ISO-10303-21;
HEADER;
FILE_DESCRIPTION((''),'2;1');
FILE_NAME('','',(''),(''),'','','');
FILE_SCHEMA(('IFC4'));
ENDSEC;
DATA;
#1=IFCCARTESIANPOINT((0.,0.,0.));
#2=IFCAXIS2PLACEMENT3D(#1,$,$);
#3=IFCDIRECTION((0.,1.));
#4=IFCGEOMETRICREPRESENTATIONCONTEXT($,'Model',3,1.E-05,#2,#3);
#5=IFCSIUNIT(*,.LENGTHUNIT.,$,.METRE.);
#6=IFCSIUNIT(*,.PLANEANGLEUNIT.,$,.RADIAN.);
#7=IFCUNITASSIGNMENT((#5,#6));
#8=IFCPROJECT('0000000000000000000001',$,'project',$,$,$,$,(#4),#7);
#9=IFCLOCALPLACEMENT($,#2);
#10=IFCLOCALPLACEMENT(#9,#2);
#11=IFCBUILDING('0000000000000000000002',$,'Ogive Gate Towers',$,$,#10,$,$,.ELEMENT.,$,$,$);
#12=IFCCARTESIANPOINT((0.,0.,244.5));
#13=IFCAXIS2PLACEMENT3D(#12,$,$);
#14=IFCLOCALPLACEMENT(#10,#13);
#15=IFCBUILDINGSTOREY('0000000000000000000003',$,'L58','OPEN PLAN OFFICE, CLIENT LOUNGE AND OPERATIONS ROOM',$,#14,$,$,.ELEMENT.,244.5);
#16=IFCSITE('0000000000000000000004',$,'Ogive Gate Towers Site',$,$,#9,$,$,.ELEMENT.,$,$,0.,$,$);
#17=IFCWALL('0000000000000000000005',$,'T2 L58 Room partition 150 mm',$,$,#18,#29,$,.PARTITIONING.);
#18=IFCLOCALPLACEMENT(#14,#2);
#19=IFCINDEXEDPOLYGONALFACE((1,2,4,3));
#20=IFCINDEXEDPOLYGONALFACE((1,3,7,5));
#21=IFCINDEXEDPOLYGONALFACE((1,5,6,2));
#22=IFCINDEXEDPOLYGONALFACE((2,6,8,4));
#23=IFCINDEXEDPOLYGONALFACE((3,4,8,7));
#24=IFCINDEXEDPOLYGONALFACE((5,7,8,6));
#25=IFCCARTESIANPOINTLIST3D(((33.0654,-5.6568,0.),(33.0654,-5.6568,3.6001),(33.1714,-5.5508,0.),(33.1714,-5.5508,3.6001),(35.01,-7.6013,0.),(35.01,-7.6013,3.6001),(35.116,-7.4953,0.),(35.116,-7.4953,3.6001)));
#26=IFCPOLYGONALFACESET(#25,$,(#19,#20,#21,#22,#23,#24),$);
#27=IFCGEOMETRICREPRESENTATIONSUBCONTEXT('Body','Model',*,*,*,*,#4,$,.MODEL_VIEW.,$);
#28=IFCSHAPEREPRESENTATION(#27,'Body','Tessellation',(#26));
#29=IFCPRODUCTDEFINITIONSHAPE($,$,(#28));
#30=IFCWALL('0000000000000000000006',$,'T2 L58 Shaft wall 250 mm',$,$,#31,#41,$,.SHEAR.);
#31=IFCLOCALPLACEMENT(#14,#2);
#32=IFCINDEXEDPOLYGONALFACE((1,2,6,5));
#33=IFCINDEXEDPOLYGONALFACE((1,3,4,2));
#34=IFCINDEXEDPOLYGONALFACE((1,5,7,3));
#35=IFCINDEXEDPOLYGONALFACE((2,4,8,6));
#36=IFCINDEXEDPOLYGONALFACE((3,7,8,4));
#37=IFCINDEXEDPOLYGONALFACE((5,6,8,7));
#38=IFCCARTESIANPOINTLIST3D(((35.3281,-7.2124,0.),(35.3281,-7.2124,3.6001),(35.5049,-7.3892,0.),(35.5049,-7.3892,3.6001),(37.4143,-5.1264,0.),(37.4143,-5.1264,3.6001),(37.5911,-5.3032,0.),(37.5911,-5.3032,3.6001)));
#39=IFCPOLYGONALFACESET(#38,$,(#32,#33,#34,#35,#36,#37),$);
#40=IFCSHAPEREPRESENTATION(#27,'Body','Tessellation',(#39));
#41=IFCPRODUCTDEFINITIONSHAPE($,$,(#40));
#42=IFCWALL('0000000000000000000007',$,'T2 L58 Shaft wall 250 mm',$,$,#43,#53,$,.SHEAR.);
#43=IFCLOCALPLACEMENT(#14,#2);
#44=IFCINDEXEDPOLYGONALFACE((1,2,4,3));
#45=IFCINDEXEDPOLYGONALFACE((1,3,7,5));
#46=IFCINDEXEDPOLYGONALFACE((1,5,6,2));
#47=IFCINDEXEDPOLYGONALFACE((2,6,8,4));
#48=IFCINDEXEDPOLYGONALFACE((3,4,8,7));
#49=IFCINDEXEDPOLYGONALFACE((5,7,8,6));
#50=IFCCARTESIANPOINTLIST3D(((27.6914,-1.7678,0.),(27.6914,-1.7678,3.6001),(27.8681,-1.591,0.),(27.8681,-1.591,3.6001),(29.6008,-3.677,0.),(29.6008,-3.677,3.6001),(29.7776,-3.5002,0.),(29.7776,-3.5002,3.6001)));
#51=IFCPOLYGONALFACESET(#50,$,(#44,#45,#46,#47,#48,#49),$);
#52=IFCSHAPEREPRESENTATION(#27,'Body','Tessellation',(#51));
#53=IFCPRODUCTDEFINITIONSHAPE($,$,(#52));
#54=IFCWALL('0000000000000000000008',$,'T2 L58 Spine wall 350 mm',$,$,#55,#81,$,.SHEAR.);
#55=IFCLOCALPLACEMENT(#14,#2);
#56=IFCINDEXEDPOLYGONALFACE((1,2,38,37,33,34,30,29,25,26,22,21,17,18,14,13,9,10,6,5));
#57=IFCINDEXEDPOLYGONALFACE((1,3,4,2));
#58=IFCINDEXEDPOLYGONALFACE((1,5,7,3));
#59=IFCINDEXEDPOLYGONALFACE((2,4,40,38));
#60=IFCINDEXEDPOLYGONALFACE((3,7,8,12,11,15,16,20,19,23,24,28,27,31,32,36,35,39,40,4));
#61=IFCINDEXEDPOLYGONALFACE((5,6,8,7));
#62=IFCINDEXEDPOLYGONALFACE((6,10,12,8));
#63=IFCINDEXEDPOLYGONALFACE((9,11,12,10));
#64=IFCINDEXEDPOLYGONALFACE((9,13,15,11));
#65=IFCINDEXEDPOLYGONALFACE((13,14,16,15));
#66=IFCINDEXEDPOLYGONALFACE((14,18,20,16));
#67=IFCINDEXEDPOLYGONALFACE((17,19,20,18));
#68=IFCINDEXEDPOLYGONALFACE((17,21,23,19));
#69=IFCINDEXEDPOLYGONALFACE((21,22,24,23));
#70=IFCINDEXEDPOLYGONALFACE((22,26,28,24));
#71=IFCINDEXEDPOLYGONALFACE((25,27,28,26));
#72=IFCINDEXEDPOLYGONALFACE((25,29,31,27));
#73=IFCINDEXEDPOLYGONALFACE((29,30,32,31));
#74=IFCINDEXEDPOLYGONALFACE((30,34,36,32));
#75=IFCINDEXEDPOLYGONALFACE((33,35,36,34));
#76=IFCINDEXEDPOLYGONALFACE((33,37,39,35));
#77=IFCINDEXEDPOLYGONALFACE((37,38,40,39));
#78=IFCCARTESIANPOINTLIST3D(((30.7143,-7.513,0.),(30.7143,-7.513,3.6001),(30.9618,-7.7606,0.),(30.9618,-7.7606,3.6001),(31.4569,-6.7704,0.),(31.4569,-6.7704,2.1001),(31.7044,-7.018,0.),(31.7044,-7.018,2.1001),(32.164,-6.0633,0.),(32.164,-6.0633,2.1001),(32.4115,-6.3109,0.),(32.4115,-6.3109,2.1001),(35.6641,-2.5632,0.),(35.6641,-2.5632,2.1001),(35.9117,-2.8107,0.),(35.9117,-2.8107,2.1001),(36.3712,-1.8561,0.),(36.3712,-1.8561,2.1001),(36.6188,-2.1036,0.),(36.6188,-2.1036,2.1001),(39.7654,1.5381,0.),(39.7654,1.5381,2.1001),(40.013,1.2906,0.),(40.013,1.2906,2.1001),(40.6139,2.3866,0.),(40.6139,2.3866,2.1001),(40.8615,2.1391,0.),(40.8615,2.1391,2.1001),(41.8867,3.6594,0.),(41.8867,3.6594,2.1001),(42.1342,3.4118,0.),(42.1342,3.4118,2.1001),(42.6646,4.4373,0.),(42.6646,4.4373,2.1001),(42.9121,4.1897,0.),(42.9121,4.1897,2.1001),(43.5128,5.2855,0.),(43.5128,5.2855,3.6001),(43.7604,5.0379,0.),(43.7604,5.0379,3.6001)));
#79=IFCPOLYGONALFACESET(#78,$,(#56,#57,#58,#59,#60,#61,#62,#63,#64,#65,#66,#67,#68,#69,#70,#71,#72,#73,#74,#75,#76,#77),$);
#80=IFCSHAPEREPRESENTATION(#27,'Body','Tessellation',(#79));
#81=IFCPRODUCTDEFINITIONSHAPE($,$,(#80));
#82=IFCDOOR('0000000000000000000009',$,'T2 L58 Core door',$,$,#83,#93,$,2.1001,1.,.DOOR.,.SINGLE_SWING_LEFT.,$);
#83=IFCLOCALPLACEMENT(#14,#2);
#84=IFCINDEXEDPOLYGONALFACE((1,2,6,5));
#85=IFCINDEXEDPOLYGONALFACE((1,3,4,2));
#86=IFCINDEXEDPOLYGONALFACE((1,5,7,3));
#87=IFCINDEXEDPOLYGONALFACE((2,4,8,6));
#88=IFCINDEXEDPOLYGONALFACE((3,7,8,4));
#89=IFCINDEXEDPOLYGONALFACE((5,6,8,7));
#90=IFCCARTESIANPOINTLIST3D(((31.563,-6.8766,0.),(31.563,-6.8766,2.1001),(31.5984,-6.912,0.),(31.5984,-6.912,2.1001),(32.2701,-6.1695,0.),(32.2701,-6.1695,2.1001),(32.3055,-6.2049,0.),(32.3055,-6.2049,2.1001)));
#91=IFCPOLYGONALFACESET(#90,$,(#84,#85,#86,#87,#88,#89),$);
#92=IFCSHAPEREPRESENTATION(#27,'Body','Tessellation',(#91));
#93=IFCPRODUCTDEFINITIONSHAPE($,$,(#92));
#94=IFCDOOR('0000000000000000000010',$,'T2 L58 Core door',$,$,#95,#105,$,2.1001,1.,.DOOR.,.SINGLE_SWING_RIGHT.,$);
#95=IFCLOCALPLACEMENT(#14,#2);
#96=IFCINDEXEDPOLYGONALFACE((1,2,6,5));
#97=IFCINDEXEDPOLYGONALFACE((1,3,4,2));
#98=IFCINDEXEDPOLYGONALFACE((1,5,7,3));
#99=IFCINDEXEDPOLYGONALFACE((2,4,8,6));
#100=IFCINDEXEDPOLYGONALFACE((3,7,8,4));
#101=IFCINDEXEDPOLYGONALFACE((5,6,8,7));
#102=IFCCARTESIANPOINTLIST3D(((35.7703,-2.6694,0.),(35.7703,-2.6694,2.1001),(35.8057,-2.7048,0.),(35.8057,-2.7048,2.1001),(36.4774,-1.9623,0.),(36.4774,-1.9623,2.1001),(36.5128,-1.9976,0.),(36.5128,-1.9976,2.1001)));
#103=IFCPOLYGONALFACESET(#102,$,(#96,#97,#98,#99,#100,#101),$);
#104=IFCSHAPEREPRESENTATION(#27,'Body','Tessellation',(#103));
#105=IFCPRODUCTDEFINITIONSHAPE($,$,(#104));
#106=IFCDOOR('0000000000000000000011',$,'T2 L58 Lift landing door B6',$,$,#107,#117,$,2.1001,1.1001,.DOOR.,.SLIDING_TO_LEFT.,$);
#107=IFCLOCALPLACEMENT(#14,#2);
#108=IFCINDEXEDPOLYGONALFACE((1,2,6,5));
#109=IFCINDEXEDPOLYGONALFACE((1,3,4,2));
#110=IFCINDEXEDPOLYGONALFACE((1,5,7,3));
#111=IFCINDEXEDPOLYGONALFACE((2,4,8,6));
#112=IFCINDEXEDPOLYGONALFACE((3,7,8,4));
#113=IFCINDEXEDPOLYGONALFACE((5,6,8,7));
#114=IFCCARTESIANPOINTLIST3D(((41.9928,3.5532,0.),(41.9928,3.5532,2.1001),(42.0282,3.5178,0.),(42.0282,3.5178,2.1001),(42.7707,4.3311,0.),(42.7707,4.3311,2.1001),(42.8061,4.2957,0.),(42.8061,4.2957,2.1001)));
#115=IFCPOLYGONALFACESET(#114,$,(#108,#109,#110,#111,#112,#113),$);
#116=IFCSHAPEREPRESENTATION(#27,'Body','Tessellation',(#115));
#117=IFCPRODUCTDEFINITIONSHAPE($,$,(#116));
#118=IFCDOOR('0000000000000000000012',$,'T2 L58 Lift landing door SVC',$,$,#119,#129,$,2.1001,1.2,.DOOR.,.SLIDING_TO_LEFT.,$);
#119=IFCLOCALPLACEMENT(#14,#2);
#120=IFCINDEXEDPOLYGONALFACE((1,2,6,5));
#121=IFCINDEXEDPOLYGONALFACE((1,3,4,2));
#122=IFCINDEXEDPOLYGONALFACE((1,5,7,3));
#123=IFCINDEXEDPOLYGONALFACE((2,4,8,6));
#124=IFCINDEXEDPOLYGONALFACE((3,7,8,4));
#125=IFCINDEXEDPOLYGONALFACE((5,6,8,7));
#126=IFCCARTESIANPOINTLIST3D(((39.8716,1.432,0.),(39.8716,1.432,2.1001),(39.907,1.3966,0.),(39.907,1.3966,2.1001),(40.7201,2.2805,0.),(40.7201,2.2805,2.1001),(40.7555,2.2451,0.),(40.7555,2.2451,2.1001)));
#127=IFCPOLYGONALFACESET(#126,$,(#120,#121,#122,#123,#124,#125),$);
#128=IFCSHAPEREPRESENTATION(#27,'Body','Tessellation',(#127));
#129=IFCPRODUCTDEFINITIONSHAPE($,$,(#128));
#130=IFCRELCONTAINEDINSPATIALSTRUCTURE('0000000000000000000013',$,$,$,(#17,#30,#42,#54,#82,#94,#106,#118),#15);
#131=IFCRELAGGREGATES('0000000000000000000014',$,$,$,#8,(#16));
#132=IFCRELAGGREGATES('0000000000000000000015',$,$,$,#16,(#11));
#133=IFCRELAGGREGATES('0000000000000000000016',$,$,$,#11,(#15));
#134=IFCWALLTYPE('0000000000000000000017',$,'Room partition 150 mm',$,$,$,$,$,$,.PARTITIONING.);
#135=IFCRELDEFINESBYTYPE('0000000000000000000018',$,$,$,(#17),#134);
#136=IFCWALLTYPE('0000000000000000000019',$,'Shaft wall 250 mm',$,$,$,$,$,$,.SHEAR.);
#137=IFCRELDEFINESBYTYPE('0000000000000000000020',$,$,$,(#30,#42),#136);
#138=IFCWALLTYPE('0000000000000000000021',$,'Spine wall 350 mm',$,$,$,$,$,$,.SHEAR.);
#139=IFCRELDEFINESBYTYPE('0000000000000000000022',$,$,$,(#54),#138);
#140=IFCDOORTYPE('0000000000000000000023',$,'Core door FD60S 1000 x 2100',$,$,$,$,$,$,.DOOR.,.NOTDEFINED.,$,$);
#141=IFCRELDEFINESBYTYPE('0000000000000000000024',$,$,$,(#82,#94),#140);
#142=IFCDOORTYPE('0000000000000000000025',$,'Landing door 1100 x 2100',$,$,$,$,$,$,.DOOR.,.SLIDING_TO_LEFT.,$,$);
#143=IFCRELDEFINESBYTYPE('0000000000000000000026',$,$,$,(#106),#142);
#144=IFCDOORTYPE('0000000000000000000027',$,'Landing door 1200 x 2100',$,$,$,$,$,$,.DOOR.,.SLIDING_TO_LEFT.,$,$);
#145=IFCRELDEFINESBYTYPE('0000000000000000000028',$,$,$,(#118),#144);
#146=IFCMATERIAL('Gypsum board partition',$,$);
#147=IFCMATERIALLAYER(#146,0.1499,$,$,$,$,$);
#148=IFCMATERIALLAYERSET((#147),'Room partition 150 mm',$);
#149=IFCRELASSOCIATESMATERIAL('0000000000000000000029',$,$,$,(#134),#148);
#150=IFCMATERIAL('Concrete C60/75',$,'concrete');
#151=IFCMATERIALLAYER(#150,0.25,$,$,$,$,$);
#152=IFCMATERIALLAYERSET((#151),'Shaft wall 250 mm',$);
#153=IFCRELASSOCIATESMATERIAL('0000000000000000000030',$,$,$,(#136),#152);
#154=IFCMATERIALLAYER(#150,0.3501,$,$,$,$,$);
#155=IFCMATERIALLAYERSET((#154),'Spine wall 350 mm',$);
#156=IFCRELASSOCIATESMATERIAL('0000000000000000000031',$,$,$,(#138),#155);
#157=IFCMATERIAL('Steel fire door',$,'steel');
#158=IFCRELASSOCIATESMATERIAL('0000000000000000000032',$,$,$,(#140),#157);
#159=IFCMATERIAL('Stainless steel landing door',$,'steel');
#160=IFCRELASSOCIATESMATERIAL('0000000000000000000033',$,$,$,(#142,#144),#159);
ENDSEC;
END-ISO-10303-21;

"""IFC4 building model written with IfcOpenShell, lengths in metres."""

from ifc_helpers import new_model, si_unit, direction, frame, frame_2d, origin, place, context, subcontext, project, spatial, rectangle, extrude, material, layer, layer_set, type_object, element, fill, save


model = new_model("IFC4")

# Units and contexts
model_context = context("Model", 3, precision=1e-05, world=origin(), true_north=direction((0.0, 1.0)))
body_context = subcontext(model_context, "Body", "Model", "MODEL_VIEW")
ifc_project = project(units=[si_unit("LENGTHUNIT", "METRE"), si_unit("PLANEANGLEUNIT", "RADIAN")], contexts=[model_context])

# Site, building, storey
site_placement = place(None, origin())
site = spatial("IfcSite", under=ifc_project, at=site_placement, Name="Ogive Gate Towers Site", CompositionType="ELEMENT", RefElevation=0.0)
building_placement = place(site_placement, origin())
building = spatial("IfcBuilding", under=site, at=building_placement, Name="Ogive Gate Towers", CompositionType="ELEMENT")
storey_placement = place(building_placement, frame((0.0, 0.0, 244.5)))
storey = spatial("IfcBuildingStorey", under=building, at=storey_placement, Name="L58", Description="OPEN PLAN OFFICE, CLIENT LOUNGE AND OPERATIONS ROOM", CompositionType="ELEMENT", Elevation=244.5)

# Shared definitions
ifc_material_1 = material(Name="Gypsum board partition")

# Walls
ifc_layer_1 = layer(ifc_material_1, 0.1499)
ifc_layer_set_1 = layer_set([ifc_layer_1], Name="Room partition 150 mm")
wall_type_1 = type_object("IfcWallType", Name="Room partition 150 mm", PredefinedType="PARTITIONING", material=ifc_layer_set_1)
wall_1_placement = place(storey_placement, frame((35.063, -7.5483, 0.0), z_axis=(0.0, 0.0, 1.0), x_axis=(-0.707107, 0.707107, 0.0)))
element("IfcWall", 1, at=wall_1_placement, inside=storey, type_object=wall_type_1, Name="T2 L58 Room partition 150 mm", PredefinedType="PARTITIONING", context=body_context, shape_type="SweptSolid", body=[
    extrude(rectangle(XDim=2.75, YDim=0.1499, at=frame_2d((1.375, 0.0))), origin(), (0.0, 0.0, 1.0), 3.6001),
])
ifc_material_2 = material(Name="Concrete C60/75", Category="concrete")
ifc_layer_2 = layer(ifc_material_2, 0.25)
ifc_layer_set_2 = layer_set([ifc_layer_2], Name="Shaft wall 250 mm")
wall_type_2 = type_object("IfcWallType", Name="Shaft wall 250 mm", PredefinedType="SHEAR", material=ifc_layer_set_2)
wall_2_placement = place(storey_placement, frame((35.4165, -7.3008, 0.0), z_axis=(0.0, 0.0, 1.0), x_axis=(0.707148, 0.707065, 0.0)))
element("IfcWall", 2, at=wall_2_placement, inside=storey, type_object=wall_type_2, Name="T2 L58 Shaft wall 250 mm", PredefinedType="SHEAR", context=body_context, shape_type="SweptSolid", body=[
    extrude(rectangle(XDim=2.9502, YDim=0.25, at=frame_2d((1.4751, 0.0))), origin(), (0.0, 0.0, 1.0), 3.6001),
])
wall_3_placement = place(storey_placement, frame((29.6892, -3.5886, 0.0), z_axis=(0.0, 0.0, 1.0), x_axis=(-0.707152, 0.707062, 0.0)))
element("IfcWall", 3, at=wall_3_placement, inside=storey, type_object=wall_type_2, Name="T2 L58 Shaft wall 250 mm", PredefinedType="SHEAR", context=body_context, shape_type="SweptSolid", body=[
    extrude(rectangle(XDim=2.7002, YDim=0.25, at=frame_2d((1.3501, 0.0))), origin(), (0.0, 0.0, 1.0), 3.6001),
])

# Wall, openings, doors
ifc_layer_3 = layer(ifc_material_2, 0.3501)
ifc_layer_set_3 = layer_set([ifc_layer_3], Name="Spine wall 350 mm")
wall_type_3 = type_object("IfcWallType", Name="Spine wall 350 mm", PredefinedType="SHEAR", material=ifc_layer_set_3)
wall_4_placement = place(storey_placement, frame((30.8381, -7.6367, 0.0), z_axis=(0.0, 0.0, 1.0), x_axis=(0.707107, 0.707107, 0.0)))
wall_4 = element("IfcWall", 4, at=wall_4_placement, inside=storey, type_object=wall_type_3, Name="T2 L58 Spine wall 350 mm", PredefinedType="SHEAR", context=body_context, shape_type="SweptSolid", body=[
    extrude(rectangle(XDim=18.0999, YDim=0.3501, at=frame_2d((9.0498, 0.0))), origin(), (0.0, 0.0, 1.0), 3.6001),
])
opening_1_placement = place(wall_4_placement, frame((12.8, 0.0, 0.0)))
opening_1 = element("IfcOpeningElement", 5, at=opening_1_placement, cuts=wall_4, PredefinedType="OPENING", context=body_context, shape_type="SweptSolid", body=[
    extrude(rectangle(XDim=1.2, YDim=2.1001, at=frame_2d((0.6001, 1.05))), frame((0.0, 0.1851, 0.0), z_axis=(0.0, -1.0, 0.0), x_axis=(1.0, 0.0, 0.0)), (0.0, 0.0, 1.0), 0.3701),
])
opening_2_placement = place(wall_4_placement, frame((15.8, 0.0, 0.0)))
opening_2 = element("IfcOpeningElement", 6, at=opening_2_placement, cuts=wall_4, PredefinedType="OPENING", context=body_context, shape_type="SweptSolid", body=[
    extrude(rectangle(XDim=1.1001, YDim=2.1001, at=frame_2d((0.55, 1.05))), frame((0.0, 0.1851, 0.0), z_axis=(0.0, -1.0, 0.0), x_axis=(1.0, 0.0, 0.0)), (0.0, 0.0, 1.0), 0.3701),
])
opening_3_placement = place(wall_4_placement, frame((1.05, 0.0, 0.0)))
opening_3 = element("IfcOpeningElement", 7, at=opening_3_placement, cuts=wall_4, PredefinedType="OPENING", context=body_context, shape_type="SweptSolid", body=[
    extrude(rectangle(XDim=1.0, YDim=2.1001, at=frame_2d((0.5, 1.05))), frame((0.0, 0.1851, 0.0), z_axis=(0.0, -1.0, 0.0), x_axis=(1.0, 0.0, 0.0)), (0.0, 0.0, 1.0), 0.3701),
])
opening_4_placement = place(wall_4_placement, frame((7.0, 0.0, 0.0)))
opening_4 = element("IfcOpeningElement", 8, at=opening_4_placement, cuts=wall_4, PredefinedType="OPENING", context=body_context, shape_type="SweptSolid", body=[
    extrude(rectangle(XDim=1.0, YDim=2.1001, at=frame_2d((0.5, 1.05))), frame((0.0, 0.1851, 0.0), z_axis=(0.0, -1.0, 0.0), x_axis=(1.0, 0.0, 0.0)), (0.0, 0.0, 1.0), 0.3701),
])
ifc_material_3 = material(Name="Steel fire door", Category="steel")
door_type_1 = type_object("IfcDoorType", Name="Core door FD60S 1000 x 2100", OperationType="NOTDEFINED", PredefinedType="DOOR", material=ifc_material_3)
door_1_placement = place(opening_3_placement, origin())
door_1 = element("IfcDoor", 9, at=door_1_placement, inside=storey, type_object=door_type_1, Name="T2 L58 Core door", OperationType="SINGLE_SWING_LEFT", OverallHeight=2.1001, OverallWidth=1.0, PredefinedType="DOOR", context=body_context, shape_type="SweptSolid", body=[
    extrude(rectangle(XDim=1.0, YDim=2.1001, at=frame_2d((0.5, 1.05))), frame((0.0, 0.0249, 0.0), z_axis=(0.0, -1.0, 0.0), x_axis=(1.0, 0.0, 0.0)), (0.0, 0.0, 1.0), 0.05),
])
fill(opening_3, door_1)
door_2_placement = place(opening_4_placement, origin())
door_2 = element("IfcDoor", 10, at=door_2_placement, inside=storey, type_object=door_type_1, Name="T2 L58 Core door", OperationType="SINGLE_SWING_RIGHT", OverallHeight=2.1001, OverallWidth=1.0, PredefinedType="DOOR", context=body_context, shape_type="SweptSolid", body=[
    extrude(rectangle(XDim=1.0, YDim=2.1001, at=frame_2d((0.5, 1.05))), frame((0.0, 0.0249, 0.0), z_axis=(0.0, -1.0, 0.0), x_axis=(1.0, 0.0, 0.0)), (0.0, 0.0, 1.0), 0.05),
])
fill(opening_4, door_2)
ifc_material_4 = material(Name="Stainless steel landing door", Category="steel")
door_type_2 = type_object("IfcDoorType", Name="Landing door 1100 x 2100", OperationType="SLIDING_TO_LEFT", PredefinedType="DOOR", material=ifc_material_4)
door_3_placement = place(opening_2_placement, origin())
door_3 = element("IfcDoor", 11, at=door_3_placement, inside=storey, type_object=door_type_2, Name="T2 L58 Lift landing door B6", OperationType="SLIDING_TO_LEFT", OverallHeight=2.1001, OverallWidth=1.1001, PredefinedType="DOOR", context=body_context, shape_type="SweptSolid", body=[
    extrude(rectangle(XDim=1.1001, YDim=2.1001, at=frame_2d((0.55, 1.05))), frame((0.0, 0.0249, 0.0), z_axis=(0.0, -1.0, 0.0), x_axis=(1.0, 0.0, 0.0)), (0.0, 0.0, 1.0), 0.05),
])
fill(opening_2, door_3)
door_type_3 = type_object("IfcDoorType", Name="Landing door 1200 x 2100", OperationType="SLIDING_TO_LEFT", PredefinedType="DOOR", material=ifc_material_4)
door_4_placement = place(opening_1_placement, origin())
door_4 = element("IfcDoor", 12, at=door_4_placement, inside=storey, type_object=door_type_3, Name="T2 L58 Lift landing door SVC", OperationType="SLIDING_TO_LEFT", OverallHeight=2.1001, OverallWidth=1.2, PredefinedType="DOOR", context=body_context, shape_type="SweptSolid", body=[
    extrude(rectangle(XDim=1.2, YDim=2.1001, at=frame_2d((0.6001, 1.05))), frame((0.0, 0.0249, 0.0), z_axis=(0.0, -1.0, 0.0), x_axis=(1.0, 0.0, 0.0)), (0.0, 0.0, 1.0), 0.05),
])
fill(opening_1, door_4)

save(model, "model.ifc")
